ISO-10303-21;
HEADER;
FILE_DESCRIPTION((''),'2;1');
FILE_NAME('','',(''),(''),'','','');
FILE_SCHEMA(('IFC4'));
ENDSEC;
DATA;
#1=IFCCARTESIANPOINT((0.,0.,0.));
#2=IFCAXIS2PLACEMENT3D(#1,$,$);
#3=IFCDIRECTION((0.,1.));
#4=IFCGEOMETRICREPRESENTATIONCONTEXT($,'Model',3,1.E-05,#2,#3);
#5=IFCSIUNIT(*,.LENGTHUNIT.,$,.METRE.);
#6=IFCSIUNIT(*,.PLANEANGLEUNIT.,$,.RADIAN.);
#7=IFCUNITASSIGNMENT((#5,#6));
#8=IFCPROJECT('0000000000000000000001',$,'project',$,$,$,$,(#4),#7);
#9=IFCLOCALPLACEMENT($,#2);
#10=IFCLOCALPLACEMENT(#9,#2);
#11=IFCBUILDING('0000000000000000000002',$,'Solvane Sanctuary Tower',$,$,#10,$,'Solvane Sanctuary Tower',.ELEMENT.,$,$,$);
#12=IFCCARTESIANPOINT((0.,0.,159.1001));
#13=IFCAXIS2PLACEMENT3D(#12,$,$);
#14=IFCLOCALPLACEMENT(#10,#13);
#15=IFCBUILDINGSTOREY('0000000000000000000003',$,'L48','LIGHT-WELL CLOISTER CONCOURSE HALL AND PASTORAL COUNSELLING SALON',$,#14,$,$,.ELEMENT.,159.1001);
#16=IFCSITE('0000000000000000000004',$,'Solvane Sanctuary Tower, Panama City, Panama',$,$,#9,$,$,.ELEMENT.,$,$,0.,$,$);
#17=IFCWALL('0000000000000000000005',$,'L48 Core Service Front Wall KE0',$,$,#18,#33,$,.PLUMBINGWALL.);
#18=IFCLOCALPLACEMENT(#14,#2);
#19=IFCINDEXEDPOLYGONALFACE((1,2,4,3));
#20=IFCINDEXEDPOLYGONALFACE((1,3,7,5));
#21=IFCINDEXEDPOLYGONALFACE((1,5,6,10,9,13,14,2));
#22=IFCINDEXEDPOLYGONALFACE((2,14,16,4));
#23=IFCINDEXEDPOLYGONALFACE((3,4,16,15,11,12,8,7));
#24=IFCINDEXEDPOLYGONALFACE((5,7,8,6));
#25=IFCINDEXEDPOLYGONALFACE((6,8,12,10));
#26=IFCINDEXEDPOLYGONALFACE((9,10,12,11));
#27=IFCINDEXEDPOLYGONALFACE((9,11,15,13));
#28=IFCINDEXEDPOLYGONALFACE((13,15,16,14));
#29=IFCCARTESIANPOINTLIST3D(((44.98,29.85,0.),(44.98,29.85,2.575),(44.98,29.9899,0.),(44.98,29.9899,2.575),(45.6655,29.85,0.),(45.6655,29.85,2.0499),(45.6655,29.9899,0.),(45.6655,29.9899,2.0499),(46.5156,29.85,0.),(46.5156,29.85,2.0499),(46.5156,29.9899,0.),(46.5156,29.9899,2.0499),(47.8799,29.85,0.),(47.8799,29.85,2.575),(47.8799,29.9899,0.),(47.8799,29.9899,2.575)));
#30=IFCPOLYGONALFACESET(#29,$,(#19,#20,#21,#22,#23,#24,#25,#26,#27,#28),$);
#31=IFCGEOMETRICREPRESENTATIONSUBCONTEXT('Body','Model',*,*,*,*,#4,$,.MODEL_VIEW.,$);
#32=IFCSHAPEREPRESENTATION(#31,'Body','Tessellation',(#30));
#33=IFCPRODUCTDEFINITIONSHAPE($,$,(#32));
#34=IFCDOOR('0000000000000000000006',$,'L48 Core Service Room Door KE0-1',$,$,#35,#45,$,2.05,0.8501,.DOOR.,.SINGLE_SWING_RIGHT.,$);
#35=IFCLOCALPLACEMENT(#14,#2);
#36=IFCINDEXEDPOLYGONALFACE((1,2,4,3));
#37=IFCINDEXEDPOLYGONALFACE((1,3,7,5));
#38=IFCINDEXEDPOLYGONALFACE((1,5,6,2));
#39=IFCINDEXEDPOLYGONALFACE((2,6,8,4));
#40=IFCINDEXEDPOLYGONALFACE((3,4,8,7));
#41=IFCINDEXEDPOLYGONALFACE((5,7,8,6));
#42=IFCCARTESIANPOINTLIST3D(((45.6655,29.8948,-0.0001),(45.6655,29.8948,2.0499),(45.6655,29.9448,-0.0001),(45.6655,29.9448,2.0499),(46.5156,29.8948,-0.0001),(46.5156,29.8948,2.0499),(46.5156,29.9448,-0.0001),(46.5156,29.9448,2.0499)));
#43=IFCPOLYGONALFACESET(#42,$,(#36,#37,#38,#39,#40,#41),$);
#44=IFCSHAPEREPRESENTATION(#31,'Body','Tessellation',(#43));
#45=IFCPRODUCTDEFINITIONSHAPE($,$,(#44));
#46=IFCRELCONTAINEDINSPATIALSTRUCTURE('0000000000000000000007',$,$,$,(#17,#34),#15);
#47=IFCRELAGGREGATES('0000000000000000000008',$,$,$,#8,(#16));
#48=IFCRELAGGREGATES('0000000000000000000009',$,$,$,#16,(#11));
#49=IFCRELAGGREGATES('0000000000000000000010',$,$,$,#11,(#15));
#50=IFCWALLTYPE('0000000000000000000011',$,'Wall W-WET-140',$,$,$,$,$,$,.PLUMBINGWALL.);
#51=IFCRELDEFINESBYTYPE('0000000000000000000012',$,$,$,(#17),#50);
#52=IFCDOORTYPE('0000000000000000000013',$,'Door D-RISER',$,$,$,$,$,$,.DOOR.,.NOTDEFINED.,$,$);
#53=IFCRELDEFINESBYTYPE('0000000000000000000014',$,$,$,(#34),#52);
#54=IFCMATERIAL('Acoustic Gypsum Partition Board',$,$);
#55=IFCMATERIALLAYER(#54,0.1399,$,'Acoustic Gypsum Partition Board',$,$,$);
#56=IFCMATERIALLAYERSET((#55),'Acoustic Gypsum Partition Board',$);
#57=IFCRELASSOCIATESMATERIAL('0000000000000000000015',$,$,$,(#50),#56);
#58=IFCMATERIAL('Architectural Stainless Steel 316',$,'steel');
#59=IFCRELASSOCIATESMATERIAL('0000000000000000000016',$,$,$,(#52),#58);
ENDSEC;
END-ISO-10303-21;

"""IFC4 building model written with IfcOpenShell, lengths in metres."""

from ifc_helpers import new_model, si_unit, direction, frame, frame_2d, origin, place, context, subcontext, project, spatial, rectangle, extrude, material, layer, layer_set, type_object, element, fill, save


model = new_model("IFC4")

# Units and contexts
model_context = context("Model", 3, precision=1e-05, world=origin(), true_north=direction((0.0, 1.0)))
body_context = subcontext(model_context, "Body", "Model", "MODEL_VIEW")
ifc_project = project(units=[si_unit("LENGTHUNIT", "METRE"), si_unit("PLANEANGLEUNIT", "RADIAN")], contexts=[model_context])

# Site, building, storey
site_placement = place(None, origin())
site = spatial("IfcSite", under=ifc_project, at=site_placement, Name="Solvane Sanctuary Tower, Panama City, Panama", CompositionType="ELEMENT", RefElevation=0.0)
building_placement = place(site_placement, origin())
building = spatial("IfcBuilding", under=site, at=building_placement, Name="Solvane Sanctuary Tower", LongName="Solvane Sanctuary Tower", CompositionType="ELEMENT")
storey_placement = place(building_placement, frame((0.0, 0.0, 159.1001)))
storey = spatial("IfcBuildingStorey", under=building, at=storey_placement, Name="L48", Description="LIGHT-WELL CLOISTER CONCOURSE HALL AND PASTORAL COUNSELLING SALON", CompositionType="ELEMENT", Elevation=159.1001)

# Shared definitions
ifc_material_1 = material(Name="Acoustic Gypsum Partition Board")

# Wall, opening, door
ifc_layer_1 = layer(ifc_material_1, 0.1399, Name="Acoustic Gypsum Partition Board")
ifc_layer_set_1 = layer_set([ifc_layer_1], Name="Acoustic Gypsum Partition Board")
wall_type_1 = type_object("IfcWallType", Name="Wall W-WET-140", PredefinedType="PLUMBINGWALL", material=ifc_layer_set_1)
wall_1_placement = place(storey_placement, frame((44.98, 29.9199, 0.0), z_axis=(0.0, 0.0, 1.0), x_axis=(1.0, 0.0, 0.0)))
wall_1 = element("IfcWall", 1, at=wall_1_placement, inside=storey, type_object=wall_type_1, Name="L48 Core Service Front Wall KE0", PredefinedType="PLUMBINGWALL", context=body_context, shape_type="SweptSolid", body=[
    extrude(rectangle(XDim=2.8999, YDim=0.1399, at=frame_2d((1.45, 0.0))), origin(), (0.0, 0.0, 1.0), 2.575),
])
opening_1_placement = place(wall_1_placement, frame((0.6855, 0.0, 0.0)))
opening_1 = element("IfcOpeningElement", 2, at=opening_1_placement, cuts=wall_1, PredefinedType="OPENING", context=body_context, shape_type="SweptSolid", body=[
    extrude(rectangle(XDim=0.8501, YDim=2.05, at=frame_2d((0.425, 1.0249))), frame((0.0, 0.0798, 0.0), z_axis=(0.0, -1.0, 0.0), x_axis=(1.0, 0.0, 0.0)), (0.0, 0.0, 1.0), 0.1599),
])
ifc_material_2 = material(Name="Architectural Stainless Steel 316", Category="steel")
door_type_1 = type_object("IfcDoorType", Name="Door D-RISER", OperationType="NOTDEFINED", PredefinedType="DOOR", material=ifc_material_2)
door_1_placement = place(opening_1_placement, origin())
door_1 = element("IfcDoor", 3, at=door_1_placement, inside=storey, type_object=door_type_1, Name="L48 Core Service Room Door KE0-1", OperationType="SINGLE_SWING_RIGHT", OverallHeight=2.05, OverallWidth=0.8501, PredefinedType="DOOR", context=body_context, shape_type="SweptSolid", body=[
    extrude(rectangle(XDim=0.8501, YDim=2.05, at=frame_2d((0.425, 1.0249))), frame((0.0, 0.0249, 0.0), z_axis=(0.0, -1.0, 0.0), x_axis=(1.0, 0.0, 0.0)), (0.0, 0.0, 1.0), 0.05),
])
fill(opening_1, door_1)

save(model, "model.ifc")
